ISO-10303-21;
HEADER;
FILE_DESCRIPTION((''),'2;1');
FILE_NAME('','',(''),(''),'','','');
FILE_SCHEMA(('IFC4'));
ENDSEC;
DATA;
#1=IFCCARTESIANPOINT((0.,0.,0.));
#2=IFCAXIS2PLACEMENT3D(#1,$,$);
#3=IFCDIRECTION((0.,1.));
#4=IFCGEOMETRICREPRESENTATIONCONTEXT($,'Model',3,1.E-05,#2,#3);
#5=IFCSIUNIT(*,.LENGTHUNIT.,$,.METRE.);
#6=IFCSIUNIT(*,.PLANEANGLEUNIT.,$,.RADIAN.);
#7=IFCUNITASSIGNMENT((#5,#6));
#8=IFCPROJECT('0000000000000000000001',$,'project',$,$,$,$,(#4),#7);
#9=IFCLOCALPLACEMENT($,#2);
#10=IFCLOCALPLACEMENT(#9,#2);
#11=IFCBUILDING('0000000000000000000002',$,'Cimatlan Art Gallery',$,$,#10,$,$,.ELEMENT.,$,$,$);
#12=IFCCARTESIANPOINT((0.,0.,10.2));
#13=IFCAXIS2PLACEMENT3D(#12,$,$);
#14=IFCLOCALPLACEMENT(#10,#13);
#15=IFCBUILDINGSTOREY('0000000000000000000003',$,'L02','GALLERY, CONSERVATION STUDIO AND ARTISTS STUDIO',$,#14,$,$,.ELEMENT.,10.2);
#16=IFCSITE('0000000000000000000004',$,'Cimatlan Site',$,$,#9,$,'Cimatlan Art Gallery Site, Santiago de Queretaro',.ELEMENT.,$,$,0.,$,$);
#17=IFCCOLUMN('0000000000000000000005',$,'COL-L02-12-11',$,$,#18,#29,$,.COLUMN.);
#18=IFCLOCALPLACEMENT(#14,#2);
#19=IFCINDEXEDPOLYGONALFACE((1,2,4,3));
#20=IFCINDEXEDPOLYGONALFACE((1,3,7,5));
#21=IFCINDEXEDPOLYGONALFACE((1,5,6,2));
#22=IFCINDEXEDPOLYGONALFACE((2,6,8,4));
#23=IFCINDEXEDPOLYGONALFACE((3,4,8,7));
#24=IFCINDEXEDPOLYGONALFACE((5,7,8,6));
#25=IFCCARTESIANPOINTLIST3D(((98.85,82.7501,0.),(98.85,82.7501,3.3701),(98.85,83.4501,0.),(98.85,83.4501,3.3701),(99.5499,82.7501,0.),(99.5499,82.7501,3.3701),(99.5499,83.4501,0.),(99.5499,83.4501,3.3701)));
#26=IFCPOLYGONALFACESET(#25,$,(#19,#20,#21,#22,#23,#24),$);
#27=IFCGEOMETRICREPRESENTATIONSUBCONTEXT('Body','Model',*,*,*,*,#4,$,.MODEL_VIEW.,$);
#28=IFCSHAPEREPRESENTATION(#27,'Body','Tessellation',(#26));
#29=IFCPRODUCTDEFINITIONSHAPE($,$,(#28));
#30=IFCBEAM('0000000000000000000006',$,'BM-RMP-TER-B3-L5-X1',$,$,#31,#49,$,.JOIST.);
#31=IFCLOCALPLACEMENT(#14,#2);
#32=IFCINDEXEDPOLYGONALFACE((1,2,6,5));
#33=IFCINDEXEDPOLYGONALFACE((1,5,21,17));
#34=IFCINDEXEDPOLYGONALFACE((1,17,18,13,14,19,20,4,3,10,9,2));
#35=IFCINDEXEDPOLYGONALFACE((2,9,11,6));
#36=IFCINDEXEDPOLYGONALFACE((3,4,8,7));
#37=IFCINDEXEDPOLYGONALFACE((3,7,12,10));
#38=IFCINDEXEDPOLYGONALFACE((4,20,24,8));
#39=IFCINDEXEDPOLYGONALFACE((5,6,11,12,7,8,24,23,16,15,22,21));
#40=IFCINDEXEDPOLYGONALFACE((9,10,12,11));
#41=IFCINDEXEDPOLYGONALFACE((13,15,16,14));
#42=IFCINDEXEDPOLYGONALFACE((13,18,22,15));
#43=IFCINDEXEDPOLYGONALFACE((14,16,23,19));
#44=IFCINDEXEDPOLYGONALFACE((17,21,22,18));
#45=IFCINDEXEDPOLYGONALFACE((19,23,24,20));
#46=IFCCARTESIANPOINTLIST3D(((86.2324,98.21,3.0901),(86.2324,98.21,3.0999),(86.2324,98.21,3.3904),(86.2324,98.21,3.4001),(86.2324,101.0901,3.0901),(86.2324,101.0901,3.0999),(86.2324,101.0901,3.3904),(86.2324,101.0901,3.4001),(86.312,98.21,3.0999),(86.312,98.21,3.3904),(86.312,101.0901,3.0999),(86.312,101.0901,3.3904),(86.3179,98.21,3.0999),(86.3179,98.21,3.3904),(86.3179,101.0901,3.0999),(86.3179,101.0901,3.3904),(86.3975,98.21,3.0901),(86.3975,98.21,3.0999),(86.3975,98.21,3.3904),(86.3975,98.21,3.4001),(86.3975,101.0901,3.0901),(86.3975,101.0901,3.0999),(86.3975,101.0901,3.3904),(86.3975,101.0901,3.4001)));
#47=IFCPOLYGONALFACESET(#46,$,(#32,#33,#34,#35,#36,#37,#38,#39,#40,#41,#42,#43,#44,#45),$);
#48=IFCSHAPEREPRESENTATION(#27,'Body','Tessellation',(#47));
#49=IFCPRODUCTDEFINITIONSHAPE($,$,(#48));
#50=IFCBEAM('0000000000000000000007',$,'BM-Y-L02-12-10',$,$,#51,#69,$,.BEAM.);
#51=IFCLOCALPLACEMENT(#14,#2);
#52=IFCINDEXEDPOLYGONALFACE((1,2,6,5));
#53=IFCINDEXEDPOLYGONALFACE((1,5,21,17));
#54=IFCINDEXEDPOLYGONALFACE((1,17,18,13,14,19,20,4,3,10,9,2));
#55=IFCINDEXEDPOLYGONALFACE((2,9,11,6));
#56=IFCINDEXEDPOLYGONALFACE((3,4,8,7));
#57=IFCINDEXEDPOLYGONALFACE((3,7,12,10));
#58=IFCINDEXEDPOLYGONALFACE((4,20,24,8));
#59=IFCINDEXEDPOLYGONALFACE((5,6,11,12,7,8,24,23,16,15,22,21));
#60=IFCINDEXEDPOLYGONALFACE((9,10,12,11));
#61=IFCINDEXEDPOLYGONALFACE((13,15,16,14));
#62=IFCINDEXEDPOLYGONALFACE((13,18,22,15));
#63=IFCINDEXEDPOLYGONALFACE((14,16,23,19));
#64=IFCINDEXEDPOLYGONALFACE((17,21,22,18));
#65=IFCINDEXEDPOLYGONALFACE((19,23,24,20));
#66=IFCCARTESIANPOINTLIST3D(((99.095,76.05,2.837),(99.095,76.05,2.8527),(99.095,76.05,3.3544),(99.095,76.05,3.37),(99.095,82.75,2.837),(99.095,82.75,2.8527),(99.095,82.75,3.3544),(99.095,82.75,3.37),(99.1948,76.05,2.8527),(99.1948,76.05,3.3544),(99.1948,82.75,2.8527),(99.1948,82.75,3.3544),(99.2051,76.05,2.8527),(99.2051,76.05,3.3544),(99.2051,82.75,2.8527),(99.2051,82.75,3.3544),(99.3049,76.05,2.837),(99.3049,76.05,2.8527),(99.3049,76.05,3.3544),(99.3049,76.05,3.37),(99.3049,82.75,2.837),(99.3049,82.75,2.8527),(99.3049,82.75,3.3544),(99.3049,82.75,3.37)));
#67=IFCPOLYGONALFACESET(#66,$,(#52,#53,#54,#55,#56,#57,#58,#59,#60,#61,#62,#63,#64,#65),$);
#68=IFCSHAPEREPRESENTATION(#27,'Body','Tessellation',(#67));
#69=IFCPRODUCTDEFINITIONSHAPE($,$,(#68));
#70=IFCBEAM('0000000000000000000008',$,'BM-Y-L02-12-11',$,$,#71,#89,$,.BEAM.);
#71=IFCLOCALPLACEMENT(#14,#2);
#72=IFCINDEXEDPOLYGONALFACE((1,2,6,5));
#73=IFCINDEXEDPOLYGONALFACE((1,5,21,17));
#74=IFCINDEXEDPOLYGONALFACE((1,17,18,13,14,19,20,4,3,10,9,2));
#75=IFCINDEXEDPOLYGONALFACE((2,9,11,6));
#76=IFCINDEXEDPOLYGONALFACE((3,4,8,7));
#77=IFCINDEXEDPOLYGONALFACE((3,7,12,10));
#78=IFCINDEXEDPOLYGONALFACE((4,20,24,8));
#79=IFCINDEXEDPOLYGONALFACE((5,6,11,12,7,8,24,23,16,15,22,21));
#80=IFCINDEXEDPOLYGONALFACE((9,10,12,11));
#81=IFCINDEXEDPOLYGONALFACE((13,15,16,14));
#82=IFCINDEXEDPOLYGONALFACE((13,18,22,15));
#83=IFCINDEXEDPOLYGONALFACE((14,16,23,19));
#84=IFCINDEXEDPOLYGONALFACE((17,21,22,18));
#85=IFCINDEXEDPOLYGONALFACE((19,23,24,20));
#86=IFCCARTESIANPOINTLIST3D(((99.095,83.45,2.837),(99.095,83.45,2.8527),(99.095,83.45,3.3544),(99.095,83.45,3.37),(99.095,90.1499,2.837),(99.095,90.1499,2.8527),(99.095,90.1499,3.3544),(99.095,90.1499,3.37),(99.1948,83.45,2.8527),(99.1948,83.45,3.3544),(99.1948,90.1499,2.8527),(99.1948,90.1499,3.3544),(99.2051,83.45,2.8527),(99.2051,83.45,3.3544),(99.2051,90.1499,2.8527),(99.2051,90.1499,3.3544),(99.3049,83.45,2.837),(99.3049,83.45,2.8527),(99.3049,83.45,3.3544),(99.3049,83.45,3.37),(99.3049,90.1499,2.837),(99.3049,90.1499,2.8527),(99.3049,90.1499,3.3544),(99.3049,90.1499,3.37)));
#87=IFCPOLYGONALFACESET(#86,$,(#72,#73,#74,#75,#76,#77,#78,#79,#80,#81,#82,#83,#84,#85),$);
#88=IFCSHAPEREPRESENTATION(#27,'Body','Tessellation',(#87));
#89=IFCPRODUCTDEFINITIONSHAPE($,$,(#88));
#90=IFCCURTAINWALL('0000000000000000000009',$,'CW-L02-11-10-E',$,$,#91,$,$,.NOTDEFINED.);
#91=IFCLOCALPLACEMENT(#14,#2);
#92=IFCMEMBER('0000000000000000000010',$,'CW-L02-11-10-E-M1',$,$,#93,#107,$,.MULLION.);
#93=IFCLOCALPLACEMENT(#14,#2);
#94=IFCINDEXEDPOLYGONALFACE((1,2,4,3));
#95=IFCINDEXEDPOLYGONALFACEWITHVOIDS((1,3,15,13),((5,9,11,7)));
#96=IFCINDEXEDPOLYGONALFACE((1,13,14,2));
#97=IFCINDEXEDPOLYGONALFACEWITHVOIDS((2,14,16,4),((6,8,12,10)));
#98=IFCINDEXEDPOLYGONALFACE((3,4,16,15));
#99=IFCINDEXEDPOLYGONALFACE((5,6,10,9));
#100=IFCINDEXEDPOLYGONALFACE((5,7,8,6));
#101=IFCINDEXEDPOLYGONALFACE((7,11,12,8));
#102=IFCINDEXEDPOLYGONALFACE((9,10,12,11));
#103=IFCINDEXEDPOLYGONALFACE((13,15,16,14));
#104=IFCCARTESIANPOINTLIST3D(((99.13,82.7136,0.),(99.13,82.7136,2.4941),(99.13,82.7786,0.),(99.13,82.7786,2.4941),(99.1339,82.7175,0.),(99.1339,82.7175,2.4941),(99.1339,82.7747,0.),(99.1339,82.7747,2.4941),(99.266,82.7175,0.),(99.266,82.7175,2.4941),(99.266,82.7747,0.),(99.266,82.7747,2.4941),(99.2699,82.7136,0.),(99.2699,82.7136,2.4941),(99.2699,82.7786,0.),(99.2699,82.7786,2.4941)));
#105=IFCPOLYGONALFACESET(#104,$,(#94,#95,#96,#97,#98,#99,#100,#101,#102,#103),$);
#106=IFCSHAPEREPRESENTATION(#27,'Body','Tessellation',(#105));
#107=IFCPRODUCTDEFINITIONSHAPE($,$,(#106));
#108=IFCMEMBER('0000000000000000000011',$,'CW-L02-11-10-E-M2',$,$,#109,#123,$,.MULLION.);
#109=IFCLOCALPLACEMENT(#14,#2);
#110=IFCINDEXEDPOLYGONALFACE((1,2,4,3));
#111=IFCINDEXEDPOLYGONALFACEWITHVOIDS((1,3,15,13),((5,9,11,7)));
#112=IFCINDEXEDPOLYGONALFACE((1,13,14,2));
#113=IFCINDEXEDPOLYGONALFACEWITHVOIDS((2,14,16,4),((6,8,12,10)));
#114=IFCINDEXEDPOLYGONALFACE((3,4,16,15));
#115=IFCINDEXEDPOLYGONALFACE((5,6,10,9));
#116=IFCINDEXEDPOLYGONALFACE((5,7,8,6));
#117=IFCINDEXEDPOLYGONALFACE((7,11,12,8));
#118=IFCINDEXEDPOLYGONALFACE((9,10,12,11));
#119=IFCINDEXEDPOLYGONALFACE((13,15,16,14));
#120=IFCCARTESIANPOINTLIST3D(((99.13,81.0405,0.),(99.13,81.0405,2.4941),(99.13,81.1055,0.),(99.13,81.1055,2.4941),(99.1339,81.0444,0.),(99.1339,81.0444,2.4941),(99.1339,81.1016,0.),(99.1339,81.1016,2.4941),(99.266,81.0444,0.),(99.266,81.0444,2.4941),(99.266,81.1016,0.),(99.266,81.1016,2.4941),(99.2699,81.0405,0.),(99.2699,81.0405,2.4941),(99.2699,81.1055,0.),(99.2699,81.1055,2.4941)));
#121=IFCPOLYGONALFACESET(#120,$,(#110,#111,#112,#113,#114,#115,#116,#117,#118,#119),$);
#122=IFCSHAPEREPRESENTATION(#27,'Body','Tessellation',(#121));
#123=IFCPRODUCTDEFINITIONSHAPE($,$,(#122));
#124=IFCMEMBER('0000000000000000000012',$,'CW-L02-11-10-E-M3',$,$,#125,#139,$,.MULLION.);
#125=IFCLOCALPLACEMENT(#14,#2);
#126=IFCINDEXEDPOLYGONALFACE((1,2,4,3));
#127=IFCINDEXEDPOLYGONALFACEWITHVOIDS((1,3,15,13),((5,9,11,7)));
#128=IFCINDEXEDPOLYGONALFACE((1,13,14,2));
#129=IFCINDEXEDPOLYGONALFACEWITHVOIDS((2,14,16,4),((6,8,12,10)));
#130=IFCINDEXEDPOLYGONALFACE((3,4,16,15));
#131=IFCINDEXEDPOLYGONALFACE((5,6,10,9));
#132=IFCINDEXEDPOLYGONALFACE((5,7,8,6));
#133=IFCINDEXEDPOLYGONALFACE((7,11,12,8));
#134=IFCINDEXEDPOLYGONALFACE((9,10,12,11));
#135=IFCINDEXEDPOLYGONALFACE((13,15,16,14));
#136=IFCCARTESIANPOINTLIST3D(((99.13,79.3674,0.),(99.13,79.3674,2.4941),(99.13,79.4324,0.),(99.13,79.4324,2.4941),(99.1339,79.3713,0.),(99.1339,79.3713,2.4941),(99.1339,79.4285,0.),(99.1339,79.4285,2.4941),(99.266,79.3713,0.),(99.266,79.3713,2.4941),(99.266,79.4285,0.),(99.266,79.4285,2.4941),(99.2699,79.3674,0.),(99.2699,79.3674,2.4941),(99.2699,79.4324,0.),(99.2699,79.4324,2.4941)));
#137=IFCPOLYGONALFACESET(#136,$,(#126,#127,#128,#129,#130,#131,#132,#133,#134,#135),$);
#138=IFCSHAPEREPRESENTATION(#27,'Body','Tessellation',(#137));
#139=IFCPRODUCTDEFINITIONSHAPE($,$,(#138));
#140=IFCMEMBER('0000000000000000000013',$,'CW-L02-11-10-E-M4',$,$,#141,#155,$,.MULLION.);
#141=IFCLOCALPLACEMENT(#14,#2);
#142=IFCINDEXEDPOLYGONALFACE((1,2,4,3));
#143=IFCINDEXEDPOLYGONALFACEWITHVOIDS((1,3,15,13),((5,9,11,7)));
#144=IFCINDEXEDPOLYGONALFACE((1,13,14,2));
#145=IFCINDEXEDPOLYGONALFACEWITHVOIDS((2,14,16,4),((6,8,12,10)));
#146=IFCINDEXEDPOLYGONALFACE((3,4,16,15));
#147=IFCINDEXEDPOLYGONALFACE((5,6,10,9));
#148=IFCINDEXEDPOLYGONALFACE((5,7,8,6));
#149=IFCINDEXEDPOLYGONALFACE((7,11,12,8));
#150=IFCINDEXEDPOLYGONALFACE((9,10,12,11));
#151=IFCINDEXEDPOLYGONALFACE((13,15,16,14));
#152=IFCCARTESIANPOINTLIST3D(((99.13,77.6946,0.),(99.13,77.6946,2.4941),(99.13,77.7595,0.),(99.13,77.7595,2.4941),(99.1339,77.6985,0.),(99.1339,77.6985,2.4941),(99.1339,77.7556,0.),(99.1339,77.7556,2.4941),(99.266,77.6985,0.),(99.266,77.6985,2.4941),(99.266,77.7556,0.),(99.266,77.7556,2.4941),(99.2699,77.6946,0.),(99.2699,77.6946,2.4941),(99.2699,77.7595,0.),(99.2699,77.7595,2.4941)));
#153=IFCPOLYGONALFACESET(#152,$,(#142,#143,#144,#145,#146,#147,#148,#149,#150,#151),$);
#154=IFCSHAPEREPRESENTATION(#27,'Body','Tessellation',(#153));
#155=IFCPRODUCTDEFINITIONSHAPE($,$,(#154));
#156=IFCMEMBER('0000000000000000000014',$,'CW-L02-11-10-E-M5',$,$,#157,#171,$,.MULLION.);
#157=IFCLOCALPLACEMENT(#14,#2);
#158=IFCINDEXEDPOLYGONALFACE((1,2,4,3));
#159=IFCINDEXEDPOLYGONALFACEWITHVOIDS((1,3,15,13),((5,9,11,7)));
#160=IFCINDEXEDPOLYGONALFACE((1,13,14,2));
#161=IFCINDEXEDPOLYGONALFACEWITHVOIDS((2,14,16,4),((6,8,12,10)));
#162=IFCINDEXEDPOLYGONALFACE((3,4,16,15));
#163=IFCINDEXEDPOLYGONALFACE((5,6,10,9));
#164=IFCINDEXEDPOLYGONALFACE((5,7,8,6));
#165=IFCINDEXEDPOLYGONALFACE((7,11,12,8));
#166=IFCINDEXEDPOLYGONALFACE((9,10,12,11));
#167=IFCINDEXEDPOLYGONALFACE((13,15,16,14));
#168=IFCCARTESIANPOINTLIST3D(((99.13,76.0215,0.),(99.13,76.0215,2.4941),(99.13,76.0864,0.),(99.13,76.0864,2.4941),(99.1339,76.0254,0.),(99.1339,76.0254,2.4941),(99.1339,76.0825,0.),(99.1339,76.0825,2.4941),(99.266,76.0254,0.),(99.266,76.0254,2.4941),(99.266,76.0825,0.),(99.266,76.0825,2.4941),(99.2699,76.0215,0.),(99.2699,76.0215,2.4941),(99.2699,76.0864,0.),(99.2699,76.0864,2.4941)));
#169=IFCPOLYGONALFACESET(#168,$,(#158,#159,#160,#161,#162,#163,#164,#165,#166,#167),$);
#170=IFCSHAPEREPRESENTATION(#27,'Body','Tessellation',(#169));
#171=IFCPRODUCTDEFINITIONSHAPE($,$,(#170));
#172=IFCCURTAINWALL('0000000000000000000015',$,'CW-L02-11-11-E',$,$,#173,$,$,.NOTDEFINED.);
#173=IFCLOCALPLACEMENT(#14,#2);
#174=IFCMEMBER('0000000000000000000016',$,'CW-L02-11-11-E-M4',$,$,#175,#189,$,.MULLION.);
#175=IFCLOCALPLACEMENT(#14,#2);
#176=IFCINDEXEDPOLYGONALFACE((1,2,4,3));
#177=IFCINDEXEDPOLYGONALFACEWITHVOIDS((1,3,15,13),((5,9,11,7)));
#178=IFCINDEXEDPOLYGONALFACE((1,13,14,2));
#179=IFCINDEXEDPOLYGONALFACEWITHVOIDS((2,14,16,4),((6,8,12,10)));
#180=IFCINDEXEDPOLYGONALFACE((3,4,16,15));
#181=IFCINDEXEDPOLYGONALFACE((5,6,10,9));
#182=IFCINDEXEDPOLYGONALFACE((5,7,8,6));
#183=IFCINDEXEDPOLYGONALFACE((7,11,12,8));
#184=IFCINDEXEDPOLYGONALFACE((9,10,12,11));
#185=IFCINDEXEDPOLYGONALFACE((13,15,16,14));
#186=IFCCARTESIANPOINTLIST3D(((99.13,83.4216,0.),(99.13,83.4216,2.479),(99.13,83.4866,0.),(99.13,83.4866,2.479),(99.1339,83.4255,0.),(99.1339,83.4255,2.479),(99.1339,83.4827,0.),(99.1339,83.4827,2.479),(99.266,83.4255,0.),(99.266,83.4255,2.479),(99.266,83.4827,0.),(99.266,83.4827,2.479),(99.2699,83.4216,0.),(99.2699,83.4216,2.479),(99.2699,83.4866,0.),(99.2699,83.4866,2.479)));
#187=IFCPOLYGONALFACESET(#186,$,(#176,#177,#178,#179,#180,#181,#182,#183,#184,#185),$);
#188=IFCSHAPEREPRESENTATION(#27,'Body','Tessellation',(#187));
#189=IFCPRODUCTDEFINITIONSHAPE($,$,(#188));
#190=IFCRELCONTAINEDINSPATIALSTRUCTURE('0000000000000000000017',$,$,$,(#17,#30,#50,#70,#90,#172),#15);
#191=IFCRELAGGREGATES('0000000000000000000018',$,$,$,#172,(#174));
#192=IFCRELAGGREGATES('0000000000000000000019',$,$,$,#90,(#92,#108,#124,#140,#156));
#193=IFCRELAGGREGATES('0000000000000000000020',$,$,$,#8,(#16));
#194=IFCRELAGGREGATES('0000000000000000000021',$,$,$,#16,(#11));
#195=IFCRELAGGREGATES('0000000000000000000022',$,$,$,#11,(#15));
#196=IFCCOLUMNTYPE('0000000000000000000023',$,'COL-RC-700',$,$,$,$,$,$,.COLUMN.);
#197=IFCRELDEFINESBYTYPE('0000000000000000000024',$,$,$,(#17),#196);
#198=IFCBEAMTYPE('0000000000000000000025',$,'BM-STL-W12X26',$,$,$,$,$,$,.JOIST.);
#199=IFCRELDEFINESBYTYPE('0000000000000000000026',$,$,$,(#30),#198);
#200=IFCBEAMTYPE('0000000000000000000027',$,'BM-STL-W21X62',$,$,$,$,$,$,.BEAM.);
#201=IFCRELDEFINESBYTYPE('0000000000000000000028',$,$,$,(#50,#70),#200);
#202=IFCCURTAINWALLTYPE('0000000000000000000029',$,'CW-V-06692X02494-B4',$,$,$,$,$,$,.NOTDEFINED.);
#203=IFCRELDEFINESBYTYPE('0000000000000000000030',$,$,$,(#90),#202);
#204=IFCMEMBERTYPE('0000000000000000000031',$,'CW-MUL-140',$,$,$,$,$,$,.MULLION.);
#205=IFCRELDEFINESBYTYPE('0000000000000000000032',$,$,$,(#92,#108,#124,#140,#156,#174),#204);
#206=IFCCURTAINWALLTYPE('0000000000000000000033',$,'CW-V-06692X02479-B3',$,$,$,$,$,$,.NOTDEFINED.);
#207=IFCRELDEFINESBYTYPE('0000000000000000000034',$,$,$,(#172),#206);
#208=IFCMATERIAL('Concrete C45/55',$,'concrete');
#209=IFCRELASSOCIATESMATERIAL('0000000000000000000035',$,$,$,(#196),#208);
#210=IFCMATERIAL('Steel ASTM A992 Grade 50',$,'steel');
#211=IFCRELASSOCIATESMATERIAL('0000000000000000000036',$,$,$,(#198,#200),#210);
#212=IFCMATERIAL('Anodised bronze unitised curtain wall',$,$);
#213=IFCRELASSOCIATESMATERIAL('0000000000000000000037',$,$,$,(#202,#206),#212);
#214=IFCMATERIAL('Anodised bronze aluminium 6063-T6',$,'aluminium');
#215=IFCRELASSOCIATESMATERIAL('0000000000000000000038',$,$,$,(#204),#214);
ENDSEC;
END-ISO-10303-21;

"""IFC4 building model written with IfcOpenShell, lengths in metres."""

from ifc_helpers import new_model, si_unit, direction, frame, origin, origin_2d, place, context, subcontext, project, spatial, rectangle, hollow_rectangle, i_section, extrude, material, material_profile, profile_set, type_object, element, aggregate, save


model = new_model("IFC4")

# Units and contexts
model_context = context("Model", 3, precision=1e-05, world=origin(), true_north=direction((0.0, 1.0)))
body_context = subcontext(model_context, "Body", "Model", "MODEL_VIEW")
ifc_project = project(units=[si_unit("LENGTHUNIT", "METRE"), si_unit("PLANEANGLEUNIT", "RADIAN")], contexts=[model_context])

# Site, building, storey
site_placement = place(None, origin())
site = spatial("IfcSite", under=ifc_project, at=site_placement, Name="Cimatlan Site", LongName="Cimatlan Art Gallery Site, Santiago de Queretaro", CompositionType="ELEMENT", RefElevation=0.0)
building_placement = place(site_placement, origin())
building = spatial("IfcBuilding", under=site, at=building_placement, Name="Cimatlan Art Gallery", CompositionType="ELEMENT")
storey_placement = place(building_placement, frame((0.0, 0.0, 10.2)))
storey = spatial("IfcBuildingStorey", under=building, at=storey_placement, Name="L02", Description="GALLERY, CONSERVATION STUDIO AND ARTISTS STUDIO", CompositionType="ELEMENT", Elevation=10.2)

# Column
ifc_material_1 = material(Name="Concrete C45/55", Category="concrete")
ifc_material_profile_1 = material_profile(ifc_material_1, rectangle(XDim=0.7, YDim=0.7, at=origin_2d()), Name="RC700X700")
ifc_profile_set_1 = profile_set([ifc_material_profile_1], Name="Concrete C45/55")
column_type = type_object("IfcColumnType", Name="COL-RC-700", PredefinedType="COLUMN", material=ifc_profile_set_1)
column_placement = place(storey_placement, frame((99.2, 83.1001, 0.0), z_axis=(0.0, 0.0, 1.0), x_axis=(1.0, 0.0, 0.0)))
element("IfcColumn", 1, at=column_placement, inside=storey, type_object=column_type, Name="COL-L02-12-11", PredefinedType="COLUMN", context=body_context, shape_type="SweptSolid", body=[
    extrude(rectangle(XDim=0.7, YDim=0.7, at=origin_2d()), origin(), (0.0, 0.0, 1.0), 3.3701),
])

# Beams
ifc_material_2 = material(Name="Steel ASTM A992 Grade 50", Category="steel")
ifc_material_profile_2 = material_profile(ifc_material_2, i_section(OverallWidth=0.165, OverallDepth=0.3101, WebThickness=0.0059, FlangeThickness=0.0098, at=origin_2d()), Name="W12X26")
ifc_profile_set_2 = profile_set([ifc_material_profile_2], Name="Steel ASTM A992 Grade 50")
beam_type_1 = type_object("IfcBeamType", Name="BM-STL-W12X26", PredefinedType="JOIST", material=ifc_profile_set_2)
beam_placement = place(storey_placement, frame((86.3149, 98.21, 3.2451), z_axis=(0.0, 1.0, 0.0), x_axis=(-1.0, 0.0, 0.0)))
element("IfcBeam", 2, at=beam_placement, inside=storey, type_object=beam_type_1, Name="BM-RMP-TER-B3-L5-X1", PredefinedType="JOIST", context=body_context, shape_type="SweptSolid", body=[
    extrude(i_section(OverallWidth=0.165, OverallDepth=0.3101, WebThickness=0.0059, FlangeThickness=0.0098, at=origin_2d()), origin(), (0.0, 0.0, 1.0), 2.8801),
])
ifc_material_profile_3 = material_profile(ifc_material_2, i_section(OverallWidth=0.21, OverallDepth=0.533, WebThickness=0.0103, FlangeThickness=0.0156, at=origin_2d()), Name="W21X62")
ifc_profile_set_3 = profile_set([ifc_material_profile_3], Name="Steel ASTM A992 Grade 50")
beam_type_2 = type_object("IfcBeamType", Name="BM-STL-W21X62", PredefinedType="BEAM", material=ifc_profile_set_3)
for number, where, z_axis, x_axis, name in (
    (3, (99.2, 76.05, 3.1035), (0.0, 1.0, 0.0), (-1.0, 0.0, 0.0), "BM-Y-L02-12-10"),
    (4, (99.2, 83.45, 3.1035), (0.0, 1.0, 0.0), (-1.0, 0.0, 0.0), "BM-Y-L02-12-11"),
):
    element("IfcBeam", number, at=place(storey_placement, frame(where, z_axis=z_axis, x_axis=x_axis)), inside=storey, type_object=beam_type_2, Name=name, PredefinedType="BEAM", context=body_context, shape_type="SweptSolid", body=[
        extrude(i_section(OverallWidth=0.21, OverallDepth=0.533, WebThickness=0.0103, FlangeThickness=0.0156, at=origin_2d()), origin(), (0.0, 0.0, 1.0), 6.7),
    ])

# Curtain wall, members
ifc_material_3 = material(Name="Anodised bronze unitised curtain wall")
curtain_wall_type_1 = type_object("IfcCurtainWallType", Name="CW-V-06692X02494-B4", PredefinedType="NOTDEFINED", material=ifc_material_3)
curtain_wall_1_placement = place(storey_placement, origin())
curtain_wall_1 = element("IfcCurtainWall", 5, at=curtain_wall_1_placement, inside=storey, type_object=curtain_wall_type_1, Name="CW-L02-11-10-E", PredefinedType="NOTDEFINED")
ifc_material_4 = material(Name="Anodised bronze aluminium 6063-T6", Category="aluminium")
ifc_material_profile_4 = material_profile(ifc_material_4, hollow_rectangle(XDim=0.0649, YDim=0.1399, WallThickness=0.0039, at=origin_2d()), Name="ALU65X140X4")
ifc_profile_set_4 = profile_set([ifc_material_profile_4], Name="Anodised bronze aluminium 6063-T6")
member_type_1 = type_object("IfcMemberType", Name="CW-MUL-140", PredefinedType="MULLION", material=ifc_profile_set_4)
member_1_placement = place(storey_placement, frame((99.2, 82.7461, 0.0), z_axis=(0.0, 0.0, 1.0), x_axis=(0.0, 1.0, 0.0)))
member_1 = element("IfcMember", 6, at=member_1_placement, type_object=member_type_1, Name="CW-L02-11-10-E-M1", PredefinedType="MULLION", context=body_context, shape_type="SweptSolid", body=[
    extrude(hollow_rectangle(XDim=0.0649, YDim=0.1399, WallThickness=0.0039, at=origin_2d()), origin(), (0.0, 0.0, 1.0), 2.4941),
])
member_2_placement = place(storey_placement, frame((99.2, 81.073, 0.0), z_axis=(0.0, 0.0, 1.0), x_axis=(0.0, 1.0, 0.0)))
member_2 = element("IfcMember", 7, at=member_2_placement, type_object=member_type_1, Name="CW-L02-11-10-E-M2", PredefinedType="MULLION", context=body_context, shape_type="SweptSolid", body=[
    extrude(hollow_rectangle(XDim=0.0649, YDim=0.1399, WallThickness=0.0039, at=origin_2d()), origin(), (0.0, 0.0, 1.0), 2.4941),
])
member_3_placement = place(storey_placement, frame((99.2, 79.3999, 0.0), z_axis=(0.0, 0.0, 1.0), x_axis=(0.0, 1.0, 0.0)))
member_3 = element("IfcMember", 8, at=member_3_placement, type_object=member_type_1, Name="CW-L02-11-10-E-M3", PredefinedType="MULLION", context=body_context, shape_type="SweptSolid", body=[
    extrude(hollow_rectangle(XDim=0.0649, YDim=0.1399, WallThickness=0.0039, at=origin_2d()), origin(), (0.0, 0.0, 1.0), 2.4941),
])
member_4_placement = place(storey_placement, frame((99.2, 77.7271, 0.0), z_axis=(0.0, 0.0, 1.0), x_axis=(0.0, 1.0, 0.0)))
member_4 = element("IfcMember", 9, at=member_4_placement, type_object=member_type_1, Name="CW-L02-11-10-E-M4", PredefinedType="MULLION", context=body_context, shape_type="SweptSolid", body=[
    extrude(hollow_rectangle(XDim=0.0649, YDim=0.1399, WallThickness=0.0039, at=origin_2d()), origin(), (0.0, 0.0, 1.0), 2.4941),
])
member_5_placement = place(storey_placement, frame((99.2, 76.054, 0.0), z_axis=(0.0, 0.0, 1.0), x_axis=(0.0, 1.0, 0.0)))
member_5 = element("IfcMember", 10, at=member_5_placement, type_object=member_type_1, Name="CW-L02-11-10-E-M5", PredefinedType="MULLION", context=body_context, shape_type="SweptSolid", body=[
    extrude(hollow_rectangle(XDim=0.0649, YDim=0.1399, WallThickness=0.0039, at=origin_2d()), origin(), (0.0, 0.0, 1.0), 2.4941),
])

# Curtain wall, member
curtain_wall_type_2 = type_object("IfcCurtainWallType", Name="CW-V-06692X02479-B3", PredefinedType="NOTDEFINED", material=ifc_material_3)
curtain_wall_2_placement = place(storey_placement, origin())
curtain_wall_2 = element("IfcCurtainWall", 11, at=curtain_wall_2_placement, inside=storey, type_object=curtain_wall_type_2, Name="CW-L02-11-11-E", PredefinedType="NOTDEFINED")
member_6_placement = place(storey_placement, frame((99.2, 83.4541, 0.0), z_axis=(0.0, 0.0, 1.0), x_axis=(0.0, 1.0, 0.0)))
member_6 = element("IfcMember", 12, at=member_6_placement, type_object=member_type_1, Name="CW-L02-11-11-E-M4", PredefinedType="MULLION", context=body_context, shape_type="SweptSolid", body=[
    extrude(hollow_rectangle(XDim=0.0649, YDim=0.1399, WallThickness=0.0039, at=origin_2d()), origin(), (0.0, 0.0, 1.0), 2.479),
])
aggregate(curtain_wall_2, [member_6])

aggregate(curtain_wall_1, [member_1, member_2, member_3, member_4, member_5])

save(model, "model.ifc")
